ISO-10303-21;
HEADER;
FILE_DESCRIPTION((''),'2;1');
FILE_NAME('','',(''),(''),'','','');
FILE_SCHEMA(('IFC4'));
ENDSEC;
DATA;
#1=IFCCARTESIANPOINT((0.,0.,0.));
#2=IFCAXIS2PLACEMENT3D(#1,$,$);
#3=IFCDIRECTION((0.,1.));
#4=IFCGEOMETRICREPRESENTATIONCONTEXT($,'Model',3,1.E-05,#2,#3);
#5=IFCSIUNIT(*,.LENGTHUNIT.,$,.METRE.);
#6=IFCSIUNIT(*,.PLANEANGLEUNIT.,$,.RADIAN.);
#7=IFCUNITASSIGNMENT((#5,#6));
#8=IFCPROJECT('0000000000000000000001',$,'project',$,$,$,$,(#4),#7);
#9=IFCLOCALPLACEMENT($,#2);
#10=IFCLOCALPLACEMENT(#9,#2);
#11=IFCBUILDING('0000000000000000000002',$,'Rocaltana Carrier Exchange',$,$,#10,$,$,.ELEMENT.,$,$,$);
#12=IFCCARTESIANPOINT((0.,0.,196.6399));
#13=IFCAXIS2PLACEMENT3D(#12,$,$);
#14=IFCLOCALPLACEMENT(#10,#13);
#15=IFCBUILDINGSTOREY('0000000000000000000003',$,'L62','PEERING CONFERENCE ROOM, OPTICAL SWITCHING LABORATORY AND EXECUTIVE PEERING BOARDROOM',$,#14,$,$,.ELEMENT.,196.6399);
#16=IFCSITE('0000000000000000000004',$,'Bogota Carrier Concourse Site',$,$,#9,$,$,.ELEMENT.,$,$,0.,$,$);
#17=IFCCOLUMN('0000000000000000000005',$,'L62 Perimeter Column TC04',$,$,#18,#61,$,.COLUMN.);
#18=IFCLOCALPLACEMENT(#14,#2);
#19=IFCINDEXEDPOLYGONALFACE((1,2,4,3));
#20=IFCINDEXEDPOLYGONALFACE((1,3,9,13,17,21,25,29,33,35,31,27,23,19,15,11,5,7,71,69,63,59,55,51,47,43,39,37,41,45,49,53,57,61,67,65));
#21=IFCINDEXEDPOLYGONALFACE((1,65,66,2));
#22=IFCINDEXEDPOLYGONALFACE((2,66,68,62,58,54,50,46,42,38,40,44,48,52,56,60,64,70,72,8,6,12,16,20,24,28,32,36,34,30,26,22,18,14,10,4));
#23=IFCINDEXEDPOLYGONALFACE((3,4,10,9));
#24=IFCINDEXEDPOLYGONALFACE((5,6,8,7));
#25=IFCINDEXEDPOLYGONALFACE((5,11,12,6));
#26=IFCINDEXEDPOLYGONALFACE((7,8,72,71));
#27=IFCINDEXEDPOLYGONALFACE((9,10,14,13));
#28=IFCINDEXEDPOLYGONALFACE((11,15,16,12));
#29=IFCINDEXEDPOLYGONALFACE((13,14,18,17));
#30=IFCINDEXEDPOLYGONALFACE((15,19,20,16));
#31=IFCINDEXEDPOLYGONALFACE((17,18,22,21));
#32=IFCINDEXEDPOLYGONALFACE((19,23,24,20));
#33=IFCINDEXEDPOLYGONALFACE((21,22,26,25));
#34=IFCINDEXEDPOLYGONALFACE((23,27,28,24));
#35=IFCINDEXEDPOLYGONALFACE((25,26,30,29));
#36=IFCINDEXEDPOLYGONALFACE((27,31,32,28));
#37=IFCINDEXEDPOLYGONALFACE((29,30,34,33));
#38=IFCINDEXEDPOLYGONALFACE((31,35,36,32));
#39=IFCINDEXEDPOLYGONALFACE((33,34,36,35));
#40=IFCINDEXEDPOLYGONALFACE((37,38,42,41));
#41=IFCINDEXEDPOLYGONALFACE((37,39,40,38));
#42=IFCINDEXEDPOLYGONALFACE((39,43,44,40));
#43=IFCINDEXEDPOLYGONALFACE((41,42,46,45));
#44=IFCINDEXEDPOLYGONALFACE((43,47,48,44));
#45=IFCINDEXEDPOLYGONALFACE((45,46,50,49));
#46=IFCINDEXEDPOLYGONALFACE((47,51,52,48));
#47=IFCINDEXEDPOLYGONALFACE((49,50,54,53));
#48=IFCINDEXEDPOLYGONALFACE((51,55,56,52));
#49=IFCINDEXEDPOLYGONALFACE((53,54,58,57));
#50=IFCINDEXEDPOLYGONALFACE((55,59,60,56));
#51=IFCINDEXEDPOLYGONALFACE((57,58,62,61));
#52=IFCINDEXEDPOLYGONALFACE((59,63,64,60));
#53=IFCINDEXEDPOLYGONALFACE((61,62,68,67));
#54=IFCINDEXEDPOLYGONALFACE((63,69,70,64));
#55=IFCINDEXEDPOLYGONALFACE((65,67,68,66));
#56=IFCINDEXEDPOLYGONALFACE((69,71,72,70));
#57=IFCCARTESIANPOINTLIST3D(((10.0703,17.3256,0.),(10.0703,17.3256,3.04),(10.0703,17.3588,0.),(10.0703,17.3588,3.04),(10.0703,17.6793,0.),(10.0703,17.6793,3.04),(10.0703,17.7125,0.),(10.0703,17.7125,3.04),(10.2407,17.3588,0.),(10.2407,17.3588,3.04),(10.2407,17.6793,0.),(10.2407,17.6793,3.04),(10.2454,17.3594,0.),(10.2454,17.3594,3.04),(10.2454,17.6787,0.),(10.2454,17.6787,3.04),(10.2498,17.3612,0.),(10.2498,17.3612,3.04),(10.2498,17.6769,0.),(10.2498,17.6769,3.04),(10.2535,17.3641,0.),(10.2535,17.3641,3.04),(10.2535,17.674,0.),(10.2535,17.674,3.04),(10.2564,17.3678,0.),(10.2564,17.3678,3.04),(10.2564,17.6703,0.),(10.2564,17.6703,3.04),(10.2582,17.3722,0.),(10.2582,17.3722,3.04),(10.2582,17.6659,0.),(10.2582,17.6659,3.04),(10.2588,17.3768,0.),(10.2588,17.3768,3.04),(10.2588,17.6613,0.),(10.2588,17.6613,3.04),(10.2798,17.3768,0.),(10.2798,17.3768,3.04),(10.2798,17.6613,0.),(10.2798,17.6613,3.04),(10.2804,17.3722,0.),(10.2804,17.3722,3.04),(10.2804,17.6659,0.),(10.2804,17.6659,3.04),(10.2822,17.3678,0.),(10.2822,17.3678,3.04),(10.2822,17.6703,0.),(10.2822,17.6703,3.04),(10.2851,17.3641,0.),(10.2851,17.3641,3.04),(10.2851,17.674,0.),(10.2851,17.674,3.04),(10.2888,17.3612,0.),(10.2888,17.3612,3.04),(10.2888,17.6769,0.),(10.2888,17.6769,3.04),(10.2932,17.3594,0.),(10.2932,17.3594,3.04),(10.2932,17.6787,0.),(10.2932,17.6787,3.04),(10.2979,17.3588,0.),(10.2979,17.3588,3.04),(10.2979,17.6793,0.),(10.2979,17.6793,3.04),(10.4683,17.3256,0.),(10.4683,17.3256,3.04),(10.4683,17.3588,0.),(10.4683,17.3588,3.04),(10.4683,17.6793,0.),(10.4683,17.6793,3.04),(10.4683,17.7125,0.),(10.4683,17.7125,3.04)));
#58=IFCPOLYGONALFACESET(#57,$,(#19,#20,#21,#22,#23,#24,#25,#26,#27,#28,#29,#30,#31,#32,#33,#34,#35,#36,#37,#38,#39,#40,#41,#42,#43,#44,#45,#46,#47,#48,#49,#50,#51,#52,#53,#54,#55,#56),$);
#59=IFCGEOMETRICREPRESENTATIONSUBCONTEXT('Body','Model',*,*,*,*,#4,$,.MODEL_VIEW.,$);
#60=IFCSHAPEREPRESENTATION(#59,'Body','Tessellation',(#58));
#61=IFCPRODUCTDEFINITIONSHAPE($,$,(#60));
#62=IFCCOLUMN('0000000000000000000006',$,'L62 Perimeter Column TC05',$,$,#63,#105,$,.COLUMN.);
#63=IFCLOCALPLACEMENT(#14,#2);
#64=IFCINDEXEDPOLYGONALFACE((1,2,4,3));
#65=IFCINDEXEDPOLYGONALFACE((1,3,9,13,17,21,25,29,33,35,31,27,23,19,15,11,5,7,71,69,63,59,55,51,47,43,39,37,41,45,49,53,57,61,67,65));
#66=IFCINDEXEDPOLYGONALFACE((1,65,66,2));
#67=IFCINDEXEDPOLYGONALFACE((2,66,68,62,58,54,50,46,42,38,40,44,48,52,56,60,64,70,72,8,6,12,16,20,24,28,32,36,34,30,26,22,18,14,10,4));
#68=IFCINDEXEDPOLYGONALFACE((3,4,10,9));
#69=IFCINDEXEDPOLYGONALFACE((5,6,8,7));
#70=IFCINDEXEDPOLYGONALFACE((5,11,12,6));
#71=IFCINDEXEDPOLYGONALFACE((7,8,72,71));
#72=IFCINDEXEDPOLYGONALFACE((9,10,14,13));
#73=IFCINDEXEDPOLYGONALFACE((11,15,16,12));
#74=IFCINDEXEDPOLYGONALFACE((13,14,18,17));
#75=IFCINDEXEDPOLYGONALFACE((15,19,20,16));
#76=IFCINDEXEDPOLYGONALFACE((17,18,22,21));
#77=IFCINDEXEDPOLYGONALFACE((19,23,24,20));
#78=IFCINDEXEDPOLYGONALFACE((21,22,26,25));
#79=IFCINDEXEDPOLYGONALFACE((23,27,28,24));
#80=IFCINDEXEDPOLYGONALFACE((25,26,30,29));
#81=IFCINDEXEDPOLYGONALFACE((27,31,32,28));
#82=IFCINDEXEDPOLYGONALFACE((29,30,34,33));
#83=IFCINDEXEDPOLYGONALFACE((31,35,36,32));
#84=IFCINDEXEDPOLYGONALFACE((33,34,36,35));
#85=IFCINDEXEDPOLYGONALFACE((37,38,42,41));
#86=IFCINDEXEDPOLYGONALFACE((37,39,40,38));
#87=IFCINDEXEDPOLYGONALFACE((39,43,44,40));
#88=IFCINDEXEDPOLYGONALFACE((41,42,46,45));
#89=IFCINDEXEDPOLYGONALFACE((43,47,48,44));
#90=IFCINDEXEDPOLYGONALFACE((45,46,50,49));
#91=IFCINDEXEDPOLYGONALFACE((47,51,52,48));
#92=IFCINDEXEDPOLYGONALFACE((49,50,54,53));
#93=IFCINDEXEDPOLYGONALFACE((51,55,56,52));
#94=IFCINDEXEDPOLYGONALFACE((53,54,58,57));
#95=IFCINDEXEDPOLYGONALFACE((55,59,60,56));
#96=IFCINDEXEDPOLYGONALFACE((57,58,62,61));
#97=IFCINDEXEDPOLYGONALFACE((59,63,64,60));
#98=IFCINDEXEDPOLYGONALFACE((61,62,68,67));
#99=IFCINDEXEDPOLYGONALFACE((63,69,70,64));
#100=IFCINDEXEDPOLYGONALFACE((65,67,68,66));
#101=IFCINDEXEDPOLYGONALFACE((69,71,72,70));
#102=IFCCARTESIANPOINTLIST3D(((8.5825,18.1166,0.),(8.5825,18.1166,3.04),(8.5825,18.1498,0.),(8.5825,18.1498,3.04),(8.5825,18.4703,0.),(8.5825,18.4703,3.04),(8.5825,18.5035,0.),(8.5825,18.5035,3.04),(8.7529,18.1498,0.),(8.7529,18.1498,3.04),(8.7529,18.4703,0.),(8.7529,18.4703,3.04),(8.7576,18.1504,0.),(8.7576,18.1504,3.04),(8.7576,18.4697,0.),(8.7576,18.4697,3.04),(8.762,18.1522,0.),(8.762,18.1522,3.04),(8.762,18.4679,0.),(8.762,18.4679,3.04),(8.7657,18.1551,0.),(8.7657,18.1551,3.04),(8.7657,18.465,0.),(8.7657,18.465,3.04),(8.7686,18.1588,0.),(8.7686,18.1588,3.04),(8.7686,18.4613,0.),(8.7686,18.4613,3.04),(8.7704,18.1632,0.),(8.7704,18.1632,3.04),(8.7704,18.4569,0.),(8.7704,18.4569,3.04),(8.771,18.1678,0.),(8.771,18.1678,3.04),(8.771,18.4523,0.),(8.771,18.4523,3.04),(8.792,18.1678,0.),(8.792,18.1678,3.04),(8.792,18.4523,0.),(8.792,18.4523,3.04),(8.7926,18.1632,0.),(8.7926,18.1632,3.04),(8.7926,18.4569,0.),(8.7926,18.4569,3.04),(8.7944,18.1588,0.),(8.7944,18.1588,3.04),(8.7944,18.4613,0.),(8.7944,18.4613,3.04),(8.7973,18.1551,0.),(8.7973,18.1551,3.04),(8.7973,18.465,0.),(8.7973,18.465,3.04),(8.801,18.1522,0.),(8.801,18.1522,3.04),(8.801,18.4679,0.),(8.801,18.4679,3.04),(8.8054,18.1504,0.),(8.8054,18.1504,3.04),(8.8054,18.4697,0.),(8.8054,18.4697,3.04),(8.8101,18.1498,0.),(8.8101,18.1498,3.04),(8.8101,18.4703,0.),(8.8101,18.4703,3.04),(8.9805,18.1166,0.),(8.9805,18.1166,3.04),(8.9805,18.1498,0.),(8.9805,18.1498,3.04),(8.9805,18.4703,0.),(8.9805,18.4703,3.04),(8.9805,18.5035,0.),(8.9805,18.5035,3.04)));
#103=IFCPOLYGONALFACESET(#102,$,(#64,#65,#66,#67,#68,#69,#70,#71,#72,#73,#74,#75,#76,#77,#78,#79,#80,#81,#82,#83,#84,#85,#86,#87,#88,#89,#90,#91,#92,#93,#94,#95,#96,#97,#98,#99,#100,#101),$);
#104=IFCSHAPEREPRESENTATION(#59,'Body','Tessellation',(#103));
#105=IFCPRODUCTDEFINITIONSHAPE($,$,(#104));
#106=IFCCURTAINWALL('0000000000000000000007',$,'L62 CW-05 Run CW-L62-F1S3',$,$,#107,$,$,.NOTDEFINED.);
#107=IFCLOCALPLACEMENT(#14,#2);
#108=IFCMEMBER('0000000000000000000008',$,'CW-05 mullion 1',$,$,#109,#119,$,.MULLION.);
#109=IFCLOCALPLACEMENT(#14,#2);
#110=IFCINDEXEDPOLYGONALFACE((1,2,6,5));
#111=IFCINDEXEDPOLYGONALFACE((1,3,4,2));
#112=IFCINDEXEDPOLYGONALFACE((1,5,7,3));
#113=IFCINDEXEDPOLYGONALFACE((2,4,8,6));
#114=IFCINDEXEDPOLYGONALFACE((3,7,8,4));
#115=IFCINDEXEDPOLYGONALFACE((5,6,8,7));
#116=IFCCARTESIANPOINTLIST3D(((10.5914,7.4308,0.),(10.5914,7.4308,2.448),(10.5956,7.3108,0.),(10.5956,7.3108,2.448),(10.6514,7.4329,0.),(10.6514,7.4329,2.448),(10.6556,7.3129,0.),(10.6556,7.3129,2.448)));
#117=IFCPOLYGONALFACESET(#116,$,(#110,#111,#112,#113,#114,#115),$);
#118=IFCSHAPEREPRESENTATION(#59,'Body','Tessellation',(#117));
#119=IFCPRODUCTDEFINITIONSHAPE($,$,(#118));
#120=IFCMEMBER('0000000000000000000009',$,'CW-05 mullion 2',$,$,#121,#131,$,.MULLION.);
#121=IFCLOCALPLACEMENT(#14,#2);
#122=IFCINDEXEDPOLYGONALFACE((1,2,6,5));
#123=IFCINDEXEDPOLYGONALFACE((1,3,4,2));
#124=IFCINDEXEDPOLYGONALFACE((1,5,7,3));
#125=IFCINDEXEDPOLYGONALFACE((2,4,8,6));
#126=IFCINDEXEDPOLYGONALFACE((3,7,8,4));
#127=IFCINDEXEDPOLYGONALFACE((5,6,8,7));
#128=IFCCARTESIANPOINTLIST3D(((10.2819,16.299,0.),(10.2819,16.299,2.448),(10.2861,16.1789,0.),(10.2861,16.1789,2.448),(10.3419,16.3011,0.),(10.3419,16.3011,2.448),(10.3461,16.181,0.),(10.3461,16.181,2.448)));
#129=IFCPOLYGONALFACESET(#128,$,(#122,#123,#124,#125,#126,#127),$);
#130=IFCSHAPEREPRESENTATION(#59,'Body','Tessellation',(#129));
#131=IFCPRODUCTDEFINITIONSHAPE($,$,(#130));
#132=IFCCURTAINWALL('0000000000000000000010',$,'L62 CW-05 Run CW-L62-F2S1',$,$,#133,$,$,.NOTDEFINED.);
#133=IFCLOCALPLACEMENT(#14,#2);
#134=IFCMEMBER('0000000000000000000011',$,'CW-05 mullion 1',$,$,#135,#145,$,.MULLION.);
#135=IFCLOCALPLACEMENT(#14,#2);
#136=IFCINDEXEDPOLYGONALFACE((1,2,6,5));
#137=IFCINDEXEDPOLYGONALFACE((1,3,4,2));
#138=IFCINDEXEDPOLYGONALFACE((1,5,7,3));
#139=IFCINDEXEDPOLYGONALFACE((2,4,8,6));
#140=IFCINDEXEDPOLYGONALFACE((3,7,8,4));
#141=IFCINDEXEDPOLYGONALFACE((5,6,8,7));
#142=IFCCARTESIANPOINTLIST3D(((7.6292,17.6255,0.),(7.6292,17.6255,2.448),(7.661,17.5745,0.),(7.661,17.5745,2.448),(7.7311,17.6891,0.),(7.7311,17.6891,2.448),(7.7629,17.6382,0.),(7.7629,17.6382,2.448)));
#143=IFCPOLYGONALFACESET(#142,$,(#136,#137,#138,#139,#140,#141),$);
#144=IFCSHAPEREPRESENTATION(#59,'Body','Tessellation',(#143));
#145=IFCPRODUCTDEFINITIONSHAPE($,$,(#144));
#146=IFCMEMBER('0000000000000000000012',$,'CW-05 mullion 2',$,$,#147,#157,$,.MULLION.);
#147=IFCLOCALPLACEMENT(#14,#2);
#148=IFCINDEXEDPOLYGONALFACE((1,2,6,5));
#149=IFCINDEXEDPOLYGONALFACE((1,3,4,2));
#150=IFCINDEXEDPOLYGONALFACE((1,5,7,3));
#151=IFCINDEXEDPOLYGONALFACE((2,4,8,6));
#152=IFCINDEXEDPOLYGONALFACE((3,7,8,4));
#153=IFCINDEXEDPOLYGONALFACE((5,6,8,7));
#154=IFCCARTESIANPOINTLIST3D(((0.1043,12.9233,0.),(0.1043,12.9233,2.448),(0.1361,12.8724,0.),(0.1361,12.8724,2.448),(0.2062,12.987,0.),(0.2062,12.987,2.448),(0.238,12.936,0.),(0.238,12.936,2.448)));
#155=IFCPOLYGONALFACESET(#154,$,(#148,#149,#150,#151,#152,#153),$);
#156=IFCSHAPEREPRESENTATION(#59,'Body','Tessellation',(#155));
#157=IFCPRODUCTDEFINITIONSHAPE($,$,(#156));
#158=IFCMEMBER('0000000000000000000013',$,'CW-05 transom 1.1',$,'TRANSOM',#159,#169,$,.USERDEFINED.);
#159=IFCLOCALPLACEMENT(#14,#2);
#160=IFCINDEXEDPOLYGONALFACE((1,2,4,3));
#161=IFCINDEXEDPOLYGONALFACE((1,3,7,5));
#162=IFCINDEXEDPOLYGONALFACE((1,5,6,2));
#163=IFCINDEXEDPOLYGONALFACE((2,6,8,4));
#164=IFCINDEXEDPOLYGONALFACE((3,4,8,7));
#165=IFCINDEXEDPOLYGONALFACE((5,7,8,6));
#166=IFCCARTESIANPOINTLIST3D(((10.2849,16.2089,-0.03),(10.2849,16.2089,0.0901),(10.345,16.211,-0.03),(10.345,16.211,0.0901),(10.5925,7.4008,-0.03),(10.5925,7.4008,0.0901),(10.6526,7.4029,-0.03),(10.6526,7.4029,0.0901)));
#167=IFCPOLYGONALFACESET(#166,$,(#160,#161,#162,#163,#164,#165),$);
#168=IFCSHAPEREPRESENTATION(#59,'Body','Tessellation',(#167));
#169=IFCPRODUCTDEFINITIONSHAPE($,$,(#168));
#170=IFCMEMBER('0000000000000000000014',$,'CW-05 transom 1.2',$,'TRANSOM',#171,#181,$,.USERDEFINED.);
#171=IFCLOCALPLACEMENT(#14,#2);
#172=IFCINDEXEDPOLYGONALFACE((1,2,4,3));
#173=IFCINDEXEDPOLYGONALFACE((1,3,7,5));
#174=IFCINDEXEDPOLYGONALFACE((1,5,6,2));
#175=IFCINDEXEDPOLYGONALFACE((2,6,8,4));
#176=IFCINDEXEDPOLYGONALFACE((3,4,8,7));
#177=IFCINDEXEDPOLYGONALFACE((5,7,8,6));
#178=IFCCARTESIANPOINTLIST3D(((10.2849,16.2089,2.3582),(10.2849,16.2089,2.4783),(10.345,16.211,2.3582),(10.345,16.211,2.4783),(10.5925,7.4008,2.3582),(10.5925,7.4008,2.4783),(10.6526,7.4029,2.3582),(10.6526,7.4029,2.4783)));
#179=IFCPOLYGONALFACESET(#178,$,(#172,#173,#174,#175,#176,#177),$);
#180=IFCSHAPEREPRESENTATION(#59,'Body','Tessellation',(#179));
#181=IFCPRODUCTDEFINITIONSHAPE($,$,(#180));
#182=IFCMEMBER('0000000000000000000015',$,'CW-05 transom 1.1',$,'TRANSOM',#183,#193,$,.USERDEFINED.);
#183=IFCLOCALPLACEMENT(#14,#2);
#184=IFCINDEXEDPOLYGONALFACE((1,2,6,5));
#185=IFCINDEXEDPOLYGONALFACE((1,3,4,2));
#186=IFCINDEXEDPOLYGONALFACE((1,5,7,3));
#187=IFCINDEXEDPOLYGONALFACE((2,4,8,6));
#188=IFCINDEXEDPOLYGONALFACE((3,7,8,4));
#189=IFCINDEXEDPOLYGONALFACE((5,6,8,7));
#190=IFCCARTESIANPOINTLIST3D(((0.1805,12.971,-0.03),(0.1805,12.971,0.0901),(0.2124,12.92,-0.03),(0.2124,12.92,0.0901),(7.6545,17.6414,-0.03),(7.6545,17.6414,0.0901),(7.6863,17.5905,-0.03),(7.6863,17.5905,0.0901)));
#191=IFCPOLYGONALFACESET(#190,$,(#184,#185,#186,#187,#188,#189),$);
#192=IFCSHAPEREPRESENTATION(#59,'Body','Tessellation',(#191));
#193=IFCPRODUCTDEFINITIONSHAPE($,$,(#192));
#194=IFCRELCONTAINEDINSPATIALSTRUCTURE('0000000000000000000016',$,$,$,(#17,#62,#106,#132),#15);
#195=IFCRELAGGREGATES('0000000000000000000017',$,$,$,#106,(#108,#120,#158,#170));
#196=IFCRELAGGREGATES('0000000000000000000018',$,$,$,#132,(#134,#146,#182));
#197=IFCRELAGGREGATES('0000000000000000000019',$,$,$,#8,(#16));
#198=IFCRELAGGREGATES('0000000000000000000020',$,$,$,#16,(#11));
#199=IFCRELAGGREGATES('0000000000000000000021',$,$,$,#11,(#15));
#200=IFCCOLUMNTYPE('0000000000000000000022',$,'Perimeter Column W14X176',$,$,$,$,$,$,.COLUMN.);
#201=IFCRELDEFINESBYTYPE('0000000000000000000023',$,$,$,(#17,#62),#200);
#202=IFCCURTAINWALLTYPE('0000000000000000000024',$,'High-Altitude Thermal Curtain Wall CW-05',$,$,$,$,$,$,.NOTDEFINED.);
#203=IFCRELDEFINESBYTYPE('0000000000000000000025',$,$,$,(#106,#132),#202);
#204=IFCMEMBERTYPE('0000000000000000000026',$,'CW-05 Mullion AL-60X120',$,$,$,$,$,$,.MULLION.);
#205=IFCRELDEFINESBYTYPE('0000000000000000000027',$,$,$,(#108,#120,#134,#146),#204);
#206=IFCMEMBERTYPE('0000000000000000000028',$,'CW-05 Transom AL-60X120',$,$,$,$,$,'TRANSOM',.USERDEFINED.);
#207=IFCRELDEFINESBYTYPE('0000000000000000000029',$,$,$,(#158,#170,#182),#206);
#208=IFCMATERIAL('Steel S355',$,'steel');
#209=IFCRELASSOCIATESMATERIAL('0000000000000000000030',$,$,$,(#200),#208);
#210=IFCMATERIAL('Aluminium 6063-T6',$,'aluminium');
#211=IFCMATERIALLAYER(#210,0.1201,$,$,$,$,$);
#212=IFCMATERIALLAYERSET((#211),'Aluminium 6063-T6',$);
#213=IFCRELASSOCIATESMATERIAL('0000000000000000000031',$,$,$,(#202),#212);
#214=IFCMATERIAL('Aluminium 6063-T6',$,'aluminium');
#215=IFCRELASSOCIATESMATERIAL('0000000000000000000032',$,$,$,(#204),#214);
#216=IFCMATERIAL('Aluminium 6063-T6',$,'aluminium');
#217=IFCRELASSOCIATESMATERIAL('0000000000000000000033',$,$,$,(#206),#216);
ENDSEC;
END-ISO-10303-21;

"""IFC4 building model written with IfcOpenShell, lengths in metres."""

from ifc_helpers import new_model, si_unit, direction, frame, origin, origin_2d, place, context, subcontext, project, spatial, rectangle, i_section, extrude, material, layer, layer_set, material_profile, profile_set, type_object, element, aggregate, save


model = new_model("IFC4")

# Units and contexts
model_context = context("Model", 3, precision=1e-05, world=origin(), true_north=direction((0.0, 1.0)))
body_context = subcontext(model_context, "Body", "Model", "MODEL_VIEW")
ifc_project = project(units=[si_unit("LENGTHUNIT", "METRE"), si_unit("PLANEANGLEUNIT", "RADIAN")], contexts=[model_context])

# Site, building, storey
site_placement = place(None, origin())
site = spatial("IfcSite", under=ifc_project, at=site_placement, Name="Bogota Carrier Concourse Site", CompositionType="ELEMENT", RefElevation=0.0)
building_placement = place(site_placement, origin())
building = spatial("IfcBuilding", under=site, at=building_placement, Name="Rocaltana Carrier Exchange", CompositionType="ELEMENT")
storey_placement = place(building_placement, frame((0.0, 0.0, 196.6399)))
storey = spatial("IfcBuildingStorey", under=building, at=storey_placement, Name="L62", Description="PEERING CONFERENCE ROOM, OPTICAL SWITCHING LABORATORY AND EXECUTIVE PEERING BOARDROOM", CompositionType="ELEMENT", Elevation=196.6399)

# Columns
ifc_material_1 = material(Name="Steel S355", Category="steel")
ifc_material_profile_1 = material_profile(ifc_material_1, i_section(OverallWidth=0.3979, OverallDepth=0.387, WebThickness=0.021, FlangeThickness=0.0332, FilletRadius=0.0181, at=origin_2d()), Name="W14X176")
ifc_profile_set_1 = profile_set([ifc_material_profile_1], Name="Steel S355")
column_type = type_object("IfcColumnType", Name="Perimeter Column W14X176", PredefinedType="COLUMN", material=ifc_profile_set_1)
for number, where, z_axis, x_axis, name in (
    (1, (10.2693, 17.519, 0.0), (0.0, 0.0, 1.0), (1.0, 0.0, 0.0), "L62 Perimeter Column TC04"),
    (2, (8.7815, 18.3101, 0.0), (0.0, 0.0, 1.0), (1.0, 0.0, 0.0), "L62 Perimeter Column TC05"),
):
    element("IfcColumn", number, at=place(storey_placement, frame(where, z_axis=z_axis, x_axis=x_axis)), inside=storey, type_object=column_type, Name=name, PredefinedType="COLUMN", context=body_context, shape_type="SweptSolid", body=[
        extrude(i_section(OverallWidth=0.3979, OverallDepth=0.387, WebThickness=0.021, FlangeThickness=0.0332, FilletRadius=0.0181, at=origin_2d()), origin(), (0.0, 0.0, 1.0), 3.04),
    ])

# Curtain walls, members
ifc_material_2 = material(Name="Aluminium 6063-T6", Category="aluminium")
ifc_layer_1 = layer(ifc_material_2, 0.1201)
ifc_layer_set_1 = layer_set([ifc_layer_1], Name="Aluminium 6063-T6")
curtain_wall_type = type_object("IfcCurtainWallType", Name="High-Altitude Thermal Curtain Wall CW-05", PredefinedType="NOTDEFINED", material=ifc_layer_set_1)
curtain_wall_1_placement = place(storey_placement, origin())
curtain_wall_1 = element("IfcCurtainWall", 3, at=curtain_wall_1_placement, inside=storey, type_object=curtain_wall_type, Name="L62 CW-05 Run CW-L62-F1S3", PredefinedType="NOTDEFINED")
ifc_material_3 = material(Name="Aluminium 6063-T6", Category="aluminium")
ifc_material_profile_2 = material_profile(ifc_material_3, rectangle(XDim=0.0601, YDim=0.1201, at=origin_2d()), Name="AL-60X120")
ifc_profile_set_2 = profile_set([ifc_material_profile_2], Name="Aluminium 6063-T6")
member_type_1 = type_object("IfcMemberType", Name="CW-05 Mullion AL-60X120", PredefinedType="MULLION", material=ifc_profile_set_2)
member_1_placement = place(storey_placement, frame((10.6235, 7.3718, 0.0), z_axis=(0.0, 0.0, 1.0), x_axis=(-0.999391, -0.034903, 0.0)))
member_1 = element("IfcMember", 4, at=member_1_placement, type_object=member_type_1, Name="CW-05 mullion 1", PredefinedType="MULLION", context=body_context, shape_type="SweptSolid", body=[
    extrude(rectangle(XDim=0.0601, YDim=0.1201, at=origin_2d()), origin(), (0.0, 0.0, 1.0), 2.448),
])
member_2_placement = place(storey_placement, frame((10.314, 16.24, 0.0), z_axis=(0.0, 0.0, 1.0), x_axis=(-0.999391, -0.034903, 0.0)))
member_2 = element("IfcMember", 5, at=member_2_placement, type_object=member_type_1, Name="CW-05 mullion 2", PredefinedType="MULLION", context=body_context, shape_type="SweptSolid", body=[
    extrude(rectangle(XDim=0.0601, YDim=0.1201, at=origin_2d()), origin(), (0.0, 0.0, 1.0), 2.448),
])
curtain_wall_2_placement = place(storey_placement, origin())
curtain_wall_2 = element("IfcCurtainWall", 6, at=curtain_wall_2_placement, inside=storey, type_object=curtain_wall_type, Name="L62 CW-05 Run CW-L62-F2S1", PredefinedType="NOTDEFINED")
member_3_placement = place(storey_placement, frame((7.696, 17.6318, 0.0), z_axis=(0.0, 0.0, 1.0), x_axis=(0.529929, -0.848042, 0.0)))
member_3 = element("IfcMember", 7, at=member_3_placement, type_object=member_type_1, Name="CW-05 mullion 1", PredefinedType="MULLION", context=body_context, shape_type="SweptSolid", body=[
    extrude(rectangle(XDim=0.0601, YDim=0.1201, at=origin_2d()), origin(), (0.0, 0.0, 1.0), 2.448),
])
member_4_placement = place(storey_placement, frame((0.1711, 12.9297, 0.0), z_axis=(0.0, 0.0, 1.0), x_axis=(0.529929, -0.848042, 0.0)))
member_4 = element("IfcMember", 8, at=member_4_placement, type_object=member_type_1, Name="CW-05 mullion 2", PredefinedType="MULLION", context=body_context, shape_type="SweptSolid", body=[
    extrude(rectangle(XDim=0.0601, YDim=0.1201, at=origin_2d()), origin(), (0.0, 0.0, 1.0), 2.448),
])

# Members
ifc_material_4 = material(Name="Aluminium 6063-T6", Category="aluminium")
ifc_material_profile_3 = material_profile(ifc_material_4, rectangle(XDim=0.0601, YDim=0.1201, at=origin_2d()), Name="AL-60X120")
ifc_profile_set_3 = profile_set([ifc_material_profile_3], Name="Aluminium 6063-T6")
member_type_2 = type_object("IfcMemberType", Name="CW-05 Transom AL-60X120", ElementType="TRANSOM", PredefinedType="USERDEFINED", material=ifc_profile_set_3)
member_5_placement = place(storey_placement, frame((10.6226, 7.4019, 0.03), z_axis=(-0.034903, 0.999391, 0.0), x_axis=(-0.999391, -0.034903, 0.0)))
member_5 = element("IfcMember", 9, at=member_5_placement, type_object=member_type_2, Name="CW-05 transom 1.1", ObjectType="TRANSOM", PredefinedType="USERDEFINED", context=body_context, shape_type="SweptSolid", body=[
    extrude(rectangle(XDim=0.0601, YDim=0.1201, at=origin_2d()), origin(), (0.0, 0.0, 1.0), 8.8135),
])
member_6_placement = place(storey_placement, frame((10.6226, 7.4019, 2.4182), z_axis=(-0.034903, 0.999391, 0.0), x_axis=(-0.999391, -0.034903, 0.0)))
member_6 = element("IfcMember", 10, at=member_6_placement, type_object=member_type_2, Name="CW-05 transom 1.2", ObjectType="TRANSOM", PredefinedType="USERDEFINED", context=body_context, shape_type="SweptSolid", body=[
    extrude(rectangle(XDim=0.0601, YDim=0.1201, at=origin_2d()), origin(), (0.0, 0.0, 1.0), 8.8135),
])
member_7_placement = place(storey_placement, frame((7.6704, 17.616, 0.03), z_axis=(-0.848037, -0.529937, 0.0), x_axis=(0.529937, -0.848037, 0.0)))
member_7 = element("IfcMember", 11, at=member_7_placement, type_object=member_type_2, Name="CW-05 transom 1.1", ObjectType="TRANSOM", PredefinedType="USERDEFINED", context=body_context, shape_type="SweptSolid", body=[
    extrude(rectangle(XDim=0.0601, YDim=0.1201, at=origin_2d()), origin(), (0.0, 0.0, 1.0), 8.8132),
])

aggregate(curtain_wall_1, [member_1, member_2, member_5, member_6])
aggregate(curtain_wall_2, [member_3, member_4, member_7])

save(model, "model.ifc")
